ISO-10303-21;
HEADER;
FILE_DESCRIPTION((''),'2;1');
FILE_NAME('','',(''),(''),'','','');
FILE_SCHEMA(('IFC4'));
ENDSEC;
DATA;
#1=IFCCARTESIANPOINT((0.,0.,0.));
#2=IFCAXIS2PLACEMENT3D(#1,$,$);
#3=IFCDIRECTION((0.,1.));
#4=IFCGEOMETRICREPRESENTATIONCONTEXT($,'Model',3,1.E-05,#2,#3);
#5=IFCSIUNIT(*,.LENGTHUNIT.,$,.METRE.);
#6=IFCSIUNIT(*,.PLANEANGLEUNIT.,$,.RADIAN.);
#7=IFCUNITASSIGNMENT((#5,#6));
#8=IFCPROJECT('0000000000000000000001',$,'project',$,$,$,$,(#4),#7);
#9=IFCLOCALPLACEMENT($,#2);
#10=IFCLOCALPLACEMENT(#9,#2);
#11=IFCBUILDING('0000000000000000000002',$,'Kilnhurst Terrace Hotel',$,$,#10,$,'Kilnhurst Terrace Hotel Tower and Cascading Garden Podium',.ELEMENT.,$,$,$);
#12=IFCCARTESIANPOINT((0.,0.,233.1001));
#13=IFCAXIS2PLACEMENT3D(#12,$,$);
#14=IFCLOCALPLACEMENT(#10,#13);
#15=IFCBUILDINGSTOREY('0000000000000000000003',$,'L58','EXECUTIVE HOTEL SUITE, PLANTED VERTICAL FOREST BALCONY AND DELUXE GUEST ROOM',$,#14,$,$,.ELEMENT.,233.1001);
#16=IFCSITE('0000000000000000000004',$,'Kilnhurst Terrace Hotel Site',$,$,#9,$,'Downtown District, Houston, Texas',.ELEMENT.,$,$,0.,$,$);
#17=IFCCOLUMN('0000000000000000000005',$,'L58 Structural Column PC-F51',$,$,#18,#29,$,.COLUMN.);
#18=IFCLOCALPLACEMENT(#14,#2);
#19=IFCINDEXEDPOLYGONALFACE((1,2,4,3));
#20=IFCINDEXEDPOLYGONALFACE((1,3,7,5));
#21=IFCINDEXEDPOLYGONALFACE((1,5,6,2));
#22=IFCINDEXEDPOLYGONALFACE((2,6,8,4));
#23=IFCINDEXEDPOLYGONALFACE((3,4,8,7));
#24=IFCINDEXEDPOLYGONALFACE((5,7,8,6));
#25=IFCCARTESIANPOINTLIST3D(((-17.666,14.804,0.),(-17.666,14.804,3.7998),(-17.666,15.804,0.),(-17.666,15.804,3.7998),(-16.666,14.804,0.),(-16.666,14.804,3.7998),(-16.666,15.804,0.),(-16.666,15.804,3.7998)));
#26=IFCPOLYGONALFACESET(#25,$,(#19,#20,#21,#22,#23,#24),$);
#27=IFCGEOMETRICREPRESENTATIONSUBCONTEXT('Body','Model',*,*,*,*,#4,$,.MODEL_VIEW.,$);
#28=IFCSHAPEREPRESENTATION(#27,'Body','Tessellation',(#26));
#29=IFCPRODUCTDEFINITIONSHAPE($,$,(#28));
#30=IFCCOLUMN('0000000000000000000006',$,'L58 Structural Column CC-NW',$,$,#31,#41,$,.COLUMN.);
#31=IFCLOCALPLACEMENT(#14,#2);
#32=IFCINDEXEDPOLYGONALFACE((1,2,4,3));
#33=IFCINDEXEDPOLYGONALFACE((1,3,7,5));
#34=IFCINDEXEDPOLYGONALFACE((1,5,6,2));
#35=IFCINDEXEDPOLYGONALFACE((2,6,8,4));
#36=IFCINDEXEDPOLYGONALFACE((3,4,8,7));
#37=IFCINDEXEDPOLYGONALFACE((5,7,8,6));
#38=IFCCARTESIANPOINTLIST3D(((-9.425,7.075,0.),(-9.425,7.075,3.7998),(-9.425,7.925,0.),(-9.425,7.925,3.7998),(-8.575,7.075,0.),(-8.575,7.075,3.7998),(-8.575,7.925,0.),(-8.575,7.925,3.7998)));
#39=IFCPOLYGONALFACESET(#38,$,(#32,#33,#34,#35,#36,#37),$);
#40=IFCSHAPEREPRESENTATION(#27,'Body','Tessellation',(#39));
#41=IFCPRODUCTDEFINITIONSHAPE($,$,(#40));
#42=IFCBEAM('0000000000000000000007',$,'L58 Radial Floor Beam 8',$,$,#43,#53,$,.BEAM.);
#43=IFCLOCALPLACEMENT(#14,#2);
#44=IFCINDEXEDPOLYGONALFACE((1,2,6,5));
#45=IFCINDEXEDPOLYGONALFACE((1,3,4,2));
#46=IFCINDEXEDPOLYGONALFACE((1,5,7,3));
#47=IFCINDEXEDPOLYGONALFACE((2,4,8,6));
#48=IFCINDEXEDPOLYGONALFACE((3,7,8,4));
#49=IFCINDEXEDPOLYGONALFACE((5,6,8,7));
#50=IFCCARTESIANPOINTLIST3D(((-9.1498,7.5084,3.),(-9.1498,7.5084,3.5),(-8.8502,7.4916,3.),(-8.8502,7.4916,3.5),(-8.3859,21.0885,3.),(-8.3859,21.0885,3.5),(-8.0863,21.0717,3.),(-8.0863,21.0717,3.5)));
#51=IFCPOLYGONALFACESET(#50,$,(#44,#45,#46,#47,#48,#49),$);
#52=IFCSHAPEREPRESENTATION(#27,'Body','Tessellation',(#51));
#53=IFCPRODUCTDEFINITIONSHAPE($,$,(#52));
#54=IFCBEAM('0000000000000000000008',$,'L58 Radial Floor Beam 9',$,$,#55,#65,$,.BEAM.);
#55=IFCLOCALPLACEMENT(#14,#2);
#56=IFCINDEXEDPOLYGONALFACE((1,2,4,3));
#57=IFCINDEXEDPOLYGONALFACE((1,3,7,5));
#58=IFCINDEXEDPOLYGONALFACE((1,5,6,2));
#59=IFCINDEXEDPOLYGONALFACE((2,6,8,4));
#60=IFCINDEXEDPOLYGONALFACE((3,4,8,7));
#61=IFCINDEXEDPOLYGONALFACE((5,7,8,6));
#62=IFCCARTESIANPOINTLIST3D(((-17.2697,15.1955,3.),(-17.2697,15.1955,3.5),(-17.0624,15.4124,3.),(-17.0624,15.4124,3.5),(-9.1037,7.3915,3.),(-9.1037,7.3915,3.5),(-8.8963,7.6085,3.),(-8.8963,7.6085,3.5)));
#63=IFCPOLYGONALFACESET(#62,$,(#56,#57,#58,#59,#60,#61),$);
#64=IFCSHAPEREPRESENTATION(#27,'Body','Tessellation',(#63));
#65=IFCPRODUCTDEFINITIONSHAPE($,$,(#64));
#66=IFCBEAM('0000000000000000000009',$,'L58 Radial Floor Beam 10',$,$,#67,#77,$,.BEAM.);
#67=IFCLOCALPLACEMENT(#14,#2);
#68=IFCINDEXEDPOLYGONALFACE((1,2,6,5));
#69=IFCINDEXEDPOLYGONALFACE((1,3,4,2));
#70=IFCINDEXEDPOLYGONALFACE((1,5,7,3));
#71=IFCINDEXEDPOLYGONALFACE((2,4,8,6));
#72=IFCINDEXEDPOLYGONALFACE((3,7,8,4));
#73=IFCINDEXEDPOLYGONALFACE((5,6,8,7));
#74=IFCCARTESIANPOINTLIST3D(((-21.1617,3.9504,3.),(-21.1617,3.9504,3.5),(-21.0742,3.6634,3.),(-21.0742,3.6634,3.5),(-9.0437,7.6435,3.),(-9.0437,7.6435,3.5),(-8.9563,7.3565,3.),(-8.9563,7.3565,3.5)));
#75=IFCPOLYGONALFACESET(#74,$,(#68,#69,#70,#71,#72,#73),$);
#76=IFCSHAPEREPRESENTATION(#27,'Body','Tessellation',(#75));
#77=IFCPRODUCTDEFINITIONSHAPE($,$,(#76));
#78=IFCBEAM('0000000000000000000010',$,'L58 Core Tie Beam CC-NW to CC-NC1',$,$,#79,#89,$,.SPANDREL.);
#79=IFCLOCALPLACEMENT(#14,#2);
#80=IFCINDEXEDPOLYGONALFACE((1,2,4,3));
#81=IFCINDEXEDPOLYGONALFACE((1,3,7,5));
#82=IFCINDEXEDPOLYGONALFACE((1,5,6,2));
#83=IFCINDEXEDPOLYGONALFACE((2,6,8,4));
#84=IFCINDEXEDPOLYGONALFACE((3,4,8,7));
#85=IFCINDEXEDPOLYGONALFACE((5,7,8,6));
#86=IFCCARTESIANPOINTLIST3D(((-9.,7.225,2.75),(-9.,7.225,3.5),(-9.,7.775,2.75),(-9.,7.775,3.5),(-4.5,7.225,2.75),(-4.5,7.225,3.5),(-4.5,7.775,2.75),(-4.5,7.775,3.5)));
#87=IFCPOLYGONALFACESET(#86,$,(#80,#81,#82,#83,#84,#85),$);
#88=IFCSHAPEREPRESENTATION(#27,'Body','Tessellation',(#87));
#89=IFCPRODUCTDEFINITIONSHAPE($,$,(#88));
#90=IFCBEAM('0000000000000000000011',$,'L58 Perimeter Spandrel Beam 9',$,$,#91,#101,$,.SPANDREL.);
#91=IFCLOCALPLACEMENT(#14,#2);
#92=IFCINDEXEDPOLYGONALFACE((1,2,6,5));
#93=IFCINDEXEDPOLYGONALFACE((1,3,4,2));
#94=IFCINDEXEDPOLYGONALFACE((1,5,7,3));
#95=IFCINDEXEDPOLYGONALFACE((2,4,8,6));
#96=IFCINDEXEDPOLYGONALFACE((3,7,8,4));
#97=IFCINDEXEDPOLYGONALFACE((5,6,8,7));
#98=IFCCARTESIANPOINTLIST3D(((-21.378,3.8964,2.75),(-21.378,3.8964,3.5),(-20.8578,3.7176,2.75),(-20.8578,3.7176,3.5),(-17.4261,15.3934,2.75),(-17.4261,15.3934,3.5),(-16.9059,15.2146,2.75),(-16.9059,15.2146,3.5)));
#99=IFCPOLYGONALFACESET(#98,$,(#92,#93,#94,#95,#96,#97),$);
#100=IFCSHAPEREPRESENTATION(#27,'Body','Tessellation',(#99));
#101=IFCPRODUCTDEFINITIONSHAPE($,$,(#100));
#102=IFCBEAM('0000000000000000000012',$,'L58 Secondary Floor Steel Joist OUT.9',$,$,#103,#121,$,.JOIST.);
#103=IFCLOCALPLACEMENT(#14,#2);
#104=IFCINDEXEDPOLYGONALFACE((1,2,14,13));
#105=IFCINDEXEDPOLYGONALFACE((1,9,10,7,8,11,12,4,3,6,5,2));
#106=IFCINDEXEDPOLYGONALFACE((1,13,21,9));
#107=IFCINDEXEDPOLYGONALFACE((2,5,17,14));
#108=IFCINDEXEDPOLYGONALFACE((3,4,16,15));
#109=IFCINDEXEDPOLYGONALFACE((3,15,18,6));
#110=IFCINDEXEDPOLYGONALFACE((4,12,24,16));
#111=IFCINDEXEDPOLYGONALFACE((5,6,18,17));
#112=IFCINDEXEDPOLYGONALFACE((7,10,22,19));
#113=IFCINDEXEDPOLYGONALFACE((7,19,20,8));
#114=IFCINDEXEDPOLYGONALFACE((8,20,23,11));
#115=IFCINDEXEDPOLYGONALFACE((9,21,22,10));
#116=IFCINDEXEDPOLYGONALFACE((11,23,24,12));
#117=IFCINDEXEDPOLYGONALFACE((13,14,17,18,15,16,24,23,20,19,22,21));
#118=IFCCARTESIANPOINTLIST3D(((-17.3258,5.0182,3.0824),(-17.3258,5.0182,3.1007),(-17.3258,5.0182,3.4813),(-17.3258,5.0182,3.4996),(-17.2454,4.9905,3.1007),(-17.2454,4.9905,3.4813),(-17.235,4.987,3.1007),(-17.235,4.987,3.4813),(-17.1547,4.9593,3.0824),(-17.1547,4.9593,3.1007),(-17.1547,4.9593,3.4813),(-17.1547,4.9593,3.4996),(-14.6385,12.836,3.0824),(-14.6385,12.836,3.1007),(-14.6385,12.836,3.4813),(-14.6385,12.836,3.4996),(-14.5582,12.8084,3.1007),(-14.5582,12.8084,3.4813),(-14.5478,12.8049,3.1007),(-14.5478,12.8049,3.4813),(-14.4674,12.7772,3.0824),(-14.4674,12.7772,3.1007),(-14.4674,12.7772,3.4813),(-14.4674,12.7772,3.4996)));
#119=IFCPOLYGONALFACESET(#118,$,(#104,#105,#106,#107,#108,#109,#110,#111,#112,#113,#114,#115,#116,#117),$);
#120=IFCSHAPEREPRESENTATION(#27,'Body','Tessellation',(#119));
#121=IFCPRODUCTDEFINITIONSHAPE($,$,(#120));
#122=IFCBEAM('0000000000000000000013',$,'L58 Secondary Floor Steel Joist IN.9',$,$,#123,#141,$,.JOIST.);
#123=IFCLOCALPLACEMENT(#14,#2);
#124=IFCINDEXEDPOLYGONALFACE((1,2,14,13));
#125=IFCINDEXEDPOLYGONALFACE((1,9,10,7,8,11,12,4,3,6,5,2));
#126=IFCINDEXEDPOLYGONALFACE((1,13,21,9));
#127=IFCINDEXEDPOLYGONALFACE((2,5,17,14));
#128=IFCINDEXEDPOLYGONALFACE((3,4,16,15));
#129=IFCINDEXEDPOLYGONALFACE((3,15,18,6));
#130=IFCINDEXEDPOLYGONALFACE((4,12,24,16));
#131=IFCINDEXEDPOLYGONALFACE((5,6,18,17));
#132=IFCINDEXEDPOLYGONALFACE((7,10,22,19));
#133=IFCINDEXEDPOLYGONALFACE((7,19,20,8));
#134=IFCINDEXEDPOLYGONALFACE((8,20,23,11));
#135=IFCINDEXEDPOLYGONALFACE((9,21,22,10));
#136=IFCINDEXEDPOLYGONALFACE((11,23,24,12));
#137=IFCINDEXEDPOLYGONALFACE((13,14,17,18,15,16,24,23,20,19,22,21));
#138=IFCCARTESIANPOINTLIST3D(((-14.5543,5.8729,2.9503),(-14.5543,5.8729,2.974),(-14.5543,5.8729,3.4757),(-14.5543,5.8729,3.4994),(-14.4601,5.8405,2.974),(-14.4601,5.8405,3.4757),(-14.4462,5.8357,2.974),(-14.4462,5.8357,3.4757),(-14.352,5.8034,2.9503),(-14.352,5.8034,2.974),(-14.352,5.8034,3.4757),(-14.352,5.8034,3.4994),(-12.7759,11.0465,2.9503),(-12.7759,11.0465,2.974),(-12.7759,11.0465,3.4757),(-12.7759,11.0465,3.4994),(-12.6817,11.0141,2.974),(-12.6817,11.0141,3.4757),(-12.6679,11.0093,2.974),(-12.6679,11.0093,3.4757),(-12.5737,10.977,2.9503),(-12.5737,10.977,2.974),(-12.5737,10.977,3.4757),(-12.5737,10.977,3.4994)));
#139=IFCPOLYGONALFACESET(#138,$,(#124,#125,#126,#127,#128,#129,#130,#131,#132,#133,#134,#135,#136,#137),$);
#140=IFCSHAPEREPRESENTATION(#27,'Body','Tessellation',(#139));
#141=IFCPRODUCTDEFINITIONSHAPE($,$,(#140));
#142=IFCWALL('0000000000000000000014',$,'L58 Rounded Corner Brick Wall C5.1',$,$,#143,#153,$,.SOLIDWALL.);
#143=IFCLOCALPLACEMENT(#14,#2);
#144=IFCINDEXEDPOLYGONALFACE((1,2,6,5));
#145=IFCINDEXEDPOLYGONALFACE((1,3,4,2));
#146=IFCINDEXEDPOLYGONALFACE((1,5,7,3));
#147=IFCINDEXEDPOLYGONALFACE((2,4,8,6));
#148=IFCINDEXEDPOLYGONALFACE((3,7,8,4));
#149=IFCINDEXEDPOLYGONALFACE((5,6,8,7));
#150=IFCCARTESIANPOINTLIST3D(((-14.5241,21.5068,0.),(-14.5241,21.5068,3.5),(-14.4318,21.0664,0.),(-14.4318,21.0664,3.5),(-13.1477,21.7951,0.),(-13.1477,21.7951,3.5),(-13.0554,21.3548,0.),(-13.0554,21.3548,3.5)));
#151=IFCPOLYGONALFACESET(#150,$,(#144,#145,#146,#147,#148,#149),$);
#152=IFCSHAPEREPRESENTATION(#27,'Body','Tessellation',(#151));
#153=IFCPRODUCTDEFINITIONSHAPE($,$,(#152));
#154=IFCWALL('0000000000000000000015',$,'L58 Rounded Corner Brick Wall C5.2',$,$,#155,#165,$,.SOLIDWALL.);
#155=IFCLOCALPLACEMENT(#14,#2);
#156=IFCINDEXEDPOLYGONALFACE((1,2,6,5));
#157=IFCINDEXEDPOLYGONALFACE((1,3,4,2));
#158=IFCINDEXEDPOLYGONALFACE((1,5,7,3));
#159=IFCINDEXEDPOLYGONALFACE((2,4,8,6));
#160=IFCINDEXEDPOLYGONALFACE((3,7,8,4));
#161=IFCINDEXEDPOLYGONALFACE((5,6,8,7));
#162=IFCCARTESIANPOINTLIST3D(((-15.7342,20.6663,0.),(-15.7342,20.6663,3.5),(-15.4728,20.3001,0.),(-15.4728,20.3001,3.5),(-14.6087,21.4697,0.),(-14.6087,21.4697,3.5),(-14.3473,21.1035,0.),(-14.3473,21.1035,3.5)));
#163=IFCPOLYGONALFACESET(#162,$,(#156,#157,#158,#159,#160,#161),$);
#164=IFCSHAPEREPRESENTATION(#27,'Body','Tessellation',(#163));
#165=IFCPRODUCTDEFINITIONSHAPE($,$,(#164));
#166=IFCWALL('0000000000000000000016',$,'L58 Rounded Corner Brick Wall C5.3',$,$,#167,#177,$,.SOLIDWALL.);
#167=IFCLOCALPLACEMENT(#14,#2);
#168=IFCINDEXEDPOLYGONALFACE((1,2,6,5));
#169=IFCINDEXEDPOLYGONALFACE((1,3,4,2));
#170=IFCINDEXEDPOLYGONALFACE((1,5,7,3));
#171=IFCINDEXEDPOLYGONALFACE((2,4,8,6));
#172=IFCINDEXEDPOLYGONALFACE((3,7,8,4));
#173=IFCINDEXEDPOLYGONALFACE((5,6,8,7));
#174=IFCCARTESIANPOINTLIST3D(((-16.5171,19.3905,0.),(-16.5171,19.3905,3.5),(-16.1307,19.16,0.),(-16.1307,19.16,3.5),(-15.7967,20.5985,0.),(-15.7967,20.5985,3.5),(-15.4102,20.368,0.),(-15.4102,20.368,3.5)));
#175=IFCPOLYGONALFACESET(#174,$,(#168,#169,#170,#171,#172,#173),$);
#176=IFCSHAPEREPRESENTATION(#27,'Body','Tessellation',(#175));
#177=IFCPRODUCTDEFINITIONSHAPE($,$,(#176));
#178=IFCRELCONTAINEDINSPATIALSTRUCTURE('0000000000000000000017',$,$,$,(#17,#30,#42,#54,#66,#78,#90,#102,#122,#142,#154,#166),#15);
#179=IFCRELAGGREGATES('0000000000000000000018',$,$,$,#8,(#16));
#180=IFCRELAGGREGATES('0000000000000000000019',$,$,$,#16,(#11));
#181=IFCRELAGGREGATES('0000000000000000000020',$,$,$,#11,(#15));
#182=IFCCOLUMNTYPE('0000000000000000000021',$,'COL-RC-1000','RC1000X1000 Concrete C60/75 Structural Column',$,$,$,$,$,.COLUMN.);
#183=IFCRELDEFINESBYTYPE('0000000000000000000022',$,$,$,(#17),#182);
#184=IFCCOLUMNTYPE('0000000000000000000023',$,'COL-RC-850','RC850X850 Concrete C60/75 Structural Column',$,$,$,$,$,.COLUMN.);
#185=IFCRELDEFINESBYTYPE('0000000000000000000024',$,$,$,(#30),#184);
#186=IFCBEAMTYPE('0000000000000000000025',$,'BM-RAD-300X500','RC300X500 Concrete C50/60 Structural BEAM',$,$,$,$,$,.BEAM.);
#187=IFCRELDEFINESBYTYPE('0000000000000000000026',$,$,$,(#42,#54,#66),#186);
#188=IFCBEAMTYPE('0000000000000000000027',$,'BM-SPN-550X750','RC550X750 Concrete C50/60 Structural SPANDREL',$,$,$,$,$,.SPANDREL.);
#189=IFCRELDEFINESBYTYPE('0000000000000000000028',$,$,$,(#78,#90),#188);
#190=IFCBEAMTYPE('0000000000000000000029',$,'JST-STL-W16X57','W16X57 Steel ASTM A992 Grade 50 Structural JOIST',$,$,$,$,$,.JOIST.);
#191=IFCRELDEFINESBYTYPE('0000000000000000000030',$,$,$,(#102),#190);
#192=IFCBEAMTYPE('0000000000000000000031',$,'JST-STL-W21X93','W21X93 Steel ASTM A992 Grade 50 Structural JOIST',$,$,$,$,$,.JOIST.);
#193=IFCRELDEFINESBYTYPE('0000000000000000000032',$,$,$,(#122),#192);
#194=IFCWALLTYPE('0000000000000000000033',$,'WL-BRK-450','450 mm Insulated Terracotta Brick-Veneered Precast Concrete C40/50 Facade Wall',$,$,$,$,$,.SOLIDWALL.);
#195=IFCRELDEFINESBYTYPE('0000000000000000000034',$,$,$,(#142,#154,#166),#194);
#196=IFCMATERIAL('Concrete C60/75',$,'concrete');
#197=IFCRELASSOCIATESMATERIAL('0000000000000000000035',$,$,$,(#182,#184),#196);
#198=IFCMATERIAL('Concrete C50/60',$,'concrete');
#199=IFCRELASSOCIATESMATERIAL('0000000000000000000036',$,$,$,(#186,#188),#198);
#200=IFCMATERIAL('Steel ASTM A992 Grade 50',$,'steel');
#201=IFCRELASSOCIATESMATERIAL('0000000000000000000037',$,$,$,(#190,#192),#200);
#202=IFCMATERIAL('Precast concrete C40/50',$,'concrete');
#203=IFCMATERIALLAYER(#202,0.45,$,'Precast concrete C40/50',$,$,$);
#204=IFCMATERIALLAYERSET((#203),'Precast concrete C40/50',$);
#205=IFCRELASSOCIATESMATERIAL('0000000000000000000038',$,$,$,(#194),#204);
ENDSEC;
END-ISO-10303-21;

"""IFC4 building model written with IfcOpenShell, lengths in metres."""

from ifc_helpers import new_model, si_unit, direction, frame, frame_2d, origin, origin_2d, place, context, subcontext, project, spatial, rectangle, i_section, extrude, material, layer, layer_set, material_profile, profile_set, type_object, element, save


model = new_model("IFC4")

# Units and contexts
model_context = context("Model", 3, precision=1e-05, world=origin(), true_north=direction((0.0, 1.0)))
body_context = subcontext(model_context, "Body", "Model", "MODEL_VIEW")
ifc_project = project(units=[si_unit("LENGTHUNIT", "METRE"), si_unit("PLANEANGLEUNIT", "RADIAN")], contexts=[model_context])

# Site, building, storey
site_placement = place(None, origin())
site = spatial("IfcSite", under=ifc_project, at=site_placement, Name="Kilnhurst Terrace Hotel Site", LongName="Downtown District, Houston, Texas", CompositionType="ELEMENT", RefElevation=0.0)
building_placement = place(site_placement, origin())
building = spatial("IfcBuilding", under=site, at=building_placement, Name="Kilnhurst Terrace Hotel", LongName="Kilnhurst Terrace Hotel Tower and Cascading Garden Podium", CompositionType="ELEMENT")
storey_placement = place(building_placement, frame((0.0, 0.0, 233.1001)))
storey = spatial("IfcBuildingStorey", under=building, at=storey_placement, Name="L58", Description="EXECUTIVE HOTEL SUITE, PLANTED VERTICAL FOREST BALCONY AND DELUXE GUEST ROOM", CompositionType="ELEMENT", Elevation=233.1001)

# Columns
ifc_material_1 = material(Name="Concrete C60/75", Category="concrete")
ifc_material_profile_1 = material_profile(ifc_material_1, rectangle(XDim=1.0, YDim=1.0, at=origin_2d()), Name="RC1000X1000")
ifc_profile_set_1 = profile_set([ifc_material_profile_1], Name="Concrete C60/75")
column_type_1 = type_object("IfcColumnType", Name="COL-RC-1000", Description="RC1000X1000 Concrete C60/75 Structural Column", PredefinedType="COLUMN", material=ifc_profile_set_1)
column_1_placement = place(storey_placement, frame((-17.166, 15.304, 0.0), z_axis=(0.0, 0.0, 1.0), x_axis=(1.0, 0.0, 0.0)))
element("IfcColumn", 1, at=column_1_placement, inside=storey, type_object=column_type_1, Name="L58 Structural Column PC-F51", PredefinedType="COLUMN", context=body_context, shape_type="SweptSolid", body=[
    extrude(rectangle(XDim=1.0, YDim=1.0, at=origin_2d()), origin(), (0.0, 0.0, 1.0), 3.7998),
])
ifc_material_profile_2 = material_profile(ifc_material_1, rectangle(XDim=0.8501, YDim=0.8501, at=origin_2d()), Name="RC850X850")
ifc_profile_set_2 = profile_set([ifc_material_profile_2], Name="Concrete C60/75")
column_type_2 = type_object("IfcColumnType", Name="COL-RC-850", Description="RC850X850 Concrete C60/75 Structural Column", PredefinedType="COLUMN", material=ifc_profile_set_2)
column_2_placement = place(storey_placement, frame((-9.0, 7.5, 0.0), z_axis=(0.0, 0.0, 1.0), x_axis=(1.0, 0.0, 0.0)))
element("IfcColumn", 2, at=column_2_placement, inside=storey, type_object=column_type_2, Name="L58 Structural Column CC-NW", PredefinedType="COLUMN", context=body_context, shape_type="SweptSolid", body=[
    extrude(rectangle(XDim=0.8501, YDim=0.8501, at=origin_2d()), origin(), (0.0, 0.0, 1.0), 3.7998),
])

# Beams
ifc_material_2 = material(Name="Concrete C50/60", Category="concrete")
ifc_material_profile_3 = material_profile(ifc_material_2, rectangle(XDim=0.3, YDim=0.5, at=origin_2d()), Name="RC300X500")
ifc_profile_set_3 = profile_set([ifc_material_profile_3], Name="Concrete C50/60")
beam_type_1 = type_object("IfcBeamType", Name="BM-RAD-300X500", Description="RC300X500 Concrete C50/60 Structural BEAM", PredefinedType="BEAM", material=ifc_profile_set_3)
beam_1_placement = place(storey_placement, frame((-9.0, 7.5, 3.25), z_axis=(0.056164, 0.998422, 0.0), x_axis=(-0.998422, 0.056164, 0.0)))
element("IfcBeam", 3, at=beam_1_placement, inside=storey, type_object=beam_type_1, Name="L58 Radial Floor Beam 8", PredefinedType="BEAM", context=body_context, shape_type="SweptSolid", body=[
    extrude(rectangle(XDim=0.3, YDim=0.5, at=origin_2d()), origin(), (0.0, 0.0, 1.0), 13.6016),
])
beam_2_placement = place(storey_placement, frame((-9.0, 7.5, 3.25), z_axis=(-0.722952, 0.690898, 0.0), x_axis=(-0.690898, -0.722952, 0.0)))
element("IfcBeam", 4, at=beam_2_placement, inside=storey, type_object=beam_type_1, Name="L58 Radial Floor Beam 9", PredefinedType="BEAM", context=body_context, shape_type="SweptSolid", body=[
    extrude(rectangle(XDim=0.3, YDim=0.5, at=origin_2d()), origin(), (0.0, 0.0, 1.0), 11.2954),
])
beam_3_placement = place(storey_placement, frame((-9.0, 7.5, 3.25), z_axis=(-0.956563, -0.291527, 0.0), x_axis=(0.291527, -0.956563, 0.0)))
element("IfcBeam", 5, at=beam_3_placement, inside=storey, type_object=beam_type_1, Name="L58 Radial Floor Beam 10", PredefinedType="BEAM", context=body_context, shape_type="SweptSolid", body=[
    extrude(rectangle(XDim=0.3, YDim=0.5, at=origin_2d()), origin(), (0.0, 0.0, 1.0), 12.6682),
])
ifc_material_profile_4 = material_profile(ifc_material_2, rectangle(XDim=0.55, YDim=0.75, at=origin_2d()), Name="RC550X750")
ifc_profile_set_4 = profile_set([ifc_material_profile_4], Name="Concrete C50/60")
beam_type_2 = type_object("IfcBeamType", Name="BM-SPN-550X750", Description="RC550X750 Concrete C50/60 Structural SPANDREL", PredefinedType="SPANDREL", material=ifc_profile_set_4)
beam_4_placement = place(storey_placement, frame((-9.0, 7.5, 3.125), z_axis=(1.0, 0.0, 0.0), x_axis=(0.0, 1.0, 0.0)))
element("IfcBeam", 6, at=beam_4_placement, inside=storey, type_object=beam_type_2, Name="L58 Core Tie Beam CC-NW to CC-NC1", PredefinedType="SPANDREL", context=body_context, shape_type="SweptSolid", body=[
    extrude(rectangle(XDim=0.55, YDim=0.75, at=origin_2d()), origin(), (0.0, 0.0, 1.0), 4.5),
])
beam_5_placement = place(storey_placement, frame((-17.166, 15.304, 3.125), z_axis=(-0.325064, -0.945692, 0.0), x_axis=(0.945692, -0.325064, 0.0)))
element("IfcBeam", 7, at=beam_5_placement, inside=storey, type_object=beam_type_2, Name="L58 Perimeter Spandrel Beam 9", PredefinedType="SPANDREL", context=body_context, shape_type="SweptSolid", body=[
    extrude(rectangle(XDim=0.55, YDim=0.75, at=origin_2d()), origin(), (0.0, 0.0, 1.0), 12.1572),
])
ifc_material_3 = material(Name="Steel ASTM A992 Grade 50", Category="steel")
ifc_material_profile_5 = material_profile(ifc_material_3, i_section(OverallWidth=0.1809, OverallDepth=0.4172, WebThickness=0.011, FlangeThickness=0.0183, at=origin_2d()), Name="W16X57")
ifc_profile_set_5 = profile_set([ifc_material_profile_5], Name="Steel ASTM A992 Grade 50")
beam_type_3 = type_object("IfcBeamType", Name="JST-STL-W16X57", Description="W16X57 Steel ASTM A992 Grade 50 Structural JOIST", PredefinedType="JOIST", material=ifc_profile_set_5)
beam_6_placement = place(storey_placement, frame((-14.553, 12.8066, 3.291), z_axis=(-0.325065, -0.945692, 0.0), x_axis=(0.945692, -0.325065, 0.0)))
element("IfcBeam", 8, at=beam_6_placement, inside=storey, type_object=beam_type_3, Name="L58 Secondary Floor Steel Joist OUT.9", PredefinedType="JOIST", context=body_context, shape_type="SweptSolid", body=[
    extrude(i_section(OverallWidth=0.1809, OverallDepth=0.4172, WebThickness=0.011, FlangeThickness=0.0183, at=origin_2d()), origin(), (0.0, 0.0, 1.0), 8.2668),
])
ifc_material_profile_6 = material_profile(ifc_material_3, i_section(OverallWidth=0.2139, OverallDepth=0.5491, WebThickness=0.0146, FlangeThickness=0.0237, at=origin_2d()), Name="W21X93")
ifc_profile_set_6 = profile_set([ifc_material_profile_6], Name="Steel ASTM A992 Grade 50")
beam_type_4 = type_object("IfcBeamType", Name="JST-STL-W21X93", Description="W21X93 Steel ASTM A992 Grade 50 Structural JOIST", PredefinedType="JOIST", material=ifc_profile_set_6)
beam_7_placement = place(storey_placement, frame((-12.6748, 11.0117, 3.2249), z_axis=(-0.325064, -0.945692, 0.0), x_axis=(0.945692, -0.325064, 0.0)))
element("IfcBeam", 9, at=beam_7_placement, inside=storey, type_object=beam_type_4, Name="L58 Secondary Floor Steel Joist IN.9", PredefinedType="JOIST", context=body_context, shape_type="SweptSolid", body=[
    extrude(i_section(OverallWidth=0.2139, OverallDepth=0.5491, WebThickness=0.0146, FlangeThickness=0.0237, at=origin_2d()), origin(), (0.0, 0.0, 1.0), 5.4707),
])

# Walls
ifc_material_4 = material(Name="Precast concrete C40/50", Category="concrete")
ifc_layer_1 = layer(ifc_material_4, 0.45, Name="Precast concrete C40/50")
ifc_layer_set_1 = layer_set([ifc_layer_1], Name="Precast concrete C40/50")
wall_type_1 = type_object("IfcWallType", Name="WL-BRK-450", Description="450 mm Insulated Terracotta Brick-Veneered Precast Concrete C40/50 Facade Wall", PredefinedType="SOLIDWALL", material=ifc_layer_set_1)
wall_1_placement = place(storey_placement, frame((-13.1016, 21.575, 0.0), z_axis=(0.0, 0.0, 1.0), x_axis=(-0.978757, -0.205022, 0.0)))
element("IfcWall", 10, at=wall_1_placement, inside=storey, type_object=wall_type_1, Name="L58 Rounded Corner Brick Wall C5.1", PredefinedType="SOLIDWALL", context=body_context, shape_type="SweptSolid", body=[
    extrude(rectangle(XDim=1.4062, YDim=0.45, at=frame_2d((0.7031, 0.0))), origin(), (0.0, 0.0, 1.0), 3.5),
])
wall_2_placement = place(storey_placement, frame((-14.478, 21.2866, 0.0), z_axis=(0.0, 0.0, 1.0), x_axis=(-0.813889, -0.581021, 0.0)))
element("IfcWall", 11, at=wall_2_placement, inside=storey, type_object=wall_type_1, Name="L58 Rounded Corner Brick Wall C5.2", PredefinedType="SOLIDWALL", context=body_context, shape_type="SweptSolid", body=[
    extrude(rectangle(XDim=1.3828, YDim=0.45, at=frame_2d((0.6914, 0.0))), origin(), (0.0, 0.0, 1.0), 3.5),
])
wall_3_placement = place(storey_placement, frame((-15.6035, 20.4832, 0.0), z_axis=(0.0, 0.0, 1.0), x_axis=(-0.512222, -0.858853, 0.0)))
element("IfcWall", 12, at=wall_3_placement, inside=storey, type_object=wall_type_1, Name="L58 Rounded Corner Brick Wall C5.3", PredefinedType="SOLIDWALL", context=body_context, shape_type="SweptSolid", body=[
    extrude(rectangle(XDim=1.4065, YDim=0.45, at=frame_2d((0.7031, 0.0))), origin(), (0.0, 0.0, 1.0), 3.5),
])

save(model, "model.ifc")
